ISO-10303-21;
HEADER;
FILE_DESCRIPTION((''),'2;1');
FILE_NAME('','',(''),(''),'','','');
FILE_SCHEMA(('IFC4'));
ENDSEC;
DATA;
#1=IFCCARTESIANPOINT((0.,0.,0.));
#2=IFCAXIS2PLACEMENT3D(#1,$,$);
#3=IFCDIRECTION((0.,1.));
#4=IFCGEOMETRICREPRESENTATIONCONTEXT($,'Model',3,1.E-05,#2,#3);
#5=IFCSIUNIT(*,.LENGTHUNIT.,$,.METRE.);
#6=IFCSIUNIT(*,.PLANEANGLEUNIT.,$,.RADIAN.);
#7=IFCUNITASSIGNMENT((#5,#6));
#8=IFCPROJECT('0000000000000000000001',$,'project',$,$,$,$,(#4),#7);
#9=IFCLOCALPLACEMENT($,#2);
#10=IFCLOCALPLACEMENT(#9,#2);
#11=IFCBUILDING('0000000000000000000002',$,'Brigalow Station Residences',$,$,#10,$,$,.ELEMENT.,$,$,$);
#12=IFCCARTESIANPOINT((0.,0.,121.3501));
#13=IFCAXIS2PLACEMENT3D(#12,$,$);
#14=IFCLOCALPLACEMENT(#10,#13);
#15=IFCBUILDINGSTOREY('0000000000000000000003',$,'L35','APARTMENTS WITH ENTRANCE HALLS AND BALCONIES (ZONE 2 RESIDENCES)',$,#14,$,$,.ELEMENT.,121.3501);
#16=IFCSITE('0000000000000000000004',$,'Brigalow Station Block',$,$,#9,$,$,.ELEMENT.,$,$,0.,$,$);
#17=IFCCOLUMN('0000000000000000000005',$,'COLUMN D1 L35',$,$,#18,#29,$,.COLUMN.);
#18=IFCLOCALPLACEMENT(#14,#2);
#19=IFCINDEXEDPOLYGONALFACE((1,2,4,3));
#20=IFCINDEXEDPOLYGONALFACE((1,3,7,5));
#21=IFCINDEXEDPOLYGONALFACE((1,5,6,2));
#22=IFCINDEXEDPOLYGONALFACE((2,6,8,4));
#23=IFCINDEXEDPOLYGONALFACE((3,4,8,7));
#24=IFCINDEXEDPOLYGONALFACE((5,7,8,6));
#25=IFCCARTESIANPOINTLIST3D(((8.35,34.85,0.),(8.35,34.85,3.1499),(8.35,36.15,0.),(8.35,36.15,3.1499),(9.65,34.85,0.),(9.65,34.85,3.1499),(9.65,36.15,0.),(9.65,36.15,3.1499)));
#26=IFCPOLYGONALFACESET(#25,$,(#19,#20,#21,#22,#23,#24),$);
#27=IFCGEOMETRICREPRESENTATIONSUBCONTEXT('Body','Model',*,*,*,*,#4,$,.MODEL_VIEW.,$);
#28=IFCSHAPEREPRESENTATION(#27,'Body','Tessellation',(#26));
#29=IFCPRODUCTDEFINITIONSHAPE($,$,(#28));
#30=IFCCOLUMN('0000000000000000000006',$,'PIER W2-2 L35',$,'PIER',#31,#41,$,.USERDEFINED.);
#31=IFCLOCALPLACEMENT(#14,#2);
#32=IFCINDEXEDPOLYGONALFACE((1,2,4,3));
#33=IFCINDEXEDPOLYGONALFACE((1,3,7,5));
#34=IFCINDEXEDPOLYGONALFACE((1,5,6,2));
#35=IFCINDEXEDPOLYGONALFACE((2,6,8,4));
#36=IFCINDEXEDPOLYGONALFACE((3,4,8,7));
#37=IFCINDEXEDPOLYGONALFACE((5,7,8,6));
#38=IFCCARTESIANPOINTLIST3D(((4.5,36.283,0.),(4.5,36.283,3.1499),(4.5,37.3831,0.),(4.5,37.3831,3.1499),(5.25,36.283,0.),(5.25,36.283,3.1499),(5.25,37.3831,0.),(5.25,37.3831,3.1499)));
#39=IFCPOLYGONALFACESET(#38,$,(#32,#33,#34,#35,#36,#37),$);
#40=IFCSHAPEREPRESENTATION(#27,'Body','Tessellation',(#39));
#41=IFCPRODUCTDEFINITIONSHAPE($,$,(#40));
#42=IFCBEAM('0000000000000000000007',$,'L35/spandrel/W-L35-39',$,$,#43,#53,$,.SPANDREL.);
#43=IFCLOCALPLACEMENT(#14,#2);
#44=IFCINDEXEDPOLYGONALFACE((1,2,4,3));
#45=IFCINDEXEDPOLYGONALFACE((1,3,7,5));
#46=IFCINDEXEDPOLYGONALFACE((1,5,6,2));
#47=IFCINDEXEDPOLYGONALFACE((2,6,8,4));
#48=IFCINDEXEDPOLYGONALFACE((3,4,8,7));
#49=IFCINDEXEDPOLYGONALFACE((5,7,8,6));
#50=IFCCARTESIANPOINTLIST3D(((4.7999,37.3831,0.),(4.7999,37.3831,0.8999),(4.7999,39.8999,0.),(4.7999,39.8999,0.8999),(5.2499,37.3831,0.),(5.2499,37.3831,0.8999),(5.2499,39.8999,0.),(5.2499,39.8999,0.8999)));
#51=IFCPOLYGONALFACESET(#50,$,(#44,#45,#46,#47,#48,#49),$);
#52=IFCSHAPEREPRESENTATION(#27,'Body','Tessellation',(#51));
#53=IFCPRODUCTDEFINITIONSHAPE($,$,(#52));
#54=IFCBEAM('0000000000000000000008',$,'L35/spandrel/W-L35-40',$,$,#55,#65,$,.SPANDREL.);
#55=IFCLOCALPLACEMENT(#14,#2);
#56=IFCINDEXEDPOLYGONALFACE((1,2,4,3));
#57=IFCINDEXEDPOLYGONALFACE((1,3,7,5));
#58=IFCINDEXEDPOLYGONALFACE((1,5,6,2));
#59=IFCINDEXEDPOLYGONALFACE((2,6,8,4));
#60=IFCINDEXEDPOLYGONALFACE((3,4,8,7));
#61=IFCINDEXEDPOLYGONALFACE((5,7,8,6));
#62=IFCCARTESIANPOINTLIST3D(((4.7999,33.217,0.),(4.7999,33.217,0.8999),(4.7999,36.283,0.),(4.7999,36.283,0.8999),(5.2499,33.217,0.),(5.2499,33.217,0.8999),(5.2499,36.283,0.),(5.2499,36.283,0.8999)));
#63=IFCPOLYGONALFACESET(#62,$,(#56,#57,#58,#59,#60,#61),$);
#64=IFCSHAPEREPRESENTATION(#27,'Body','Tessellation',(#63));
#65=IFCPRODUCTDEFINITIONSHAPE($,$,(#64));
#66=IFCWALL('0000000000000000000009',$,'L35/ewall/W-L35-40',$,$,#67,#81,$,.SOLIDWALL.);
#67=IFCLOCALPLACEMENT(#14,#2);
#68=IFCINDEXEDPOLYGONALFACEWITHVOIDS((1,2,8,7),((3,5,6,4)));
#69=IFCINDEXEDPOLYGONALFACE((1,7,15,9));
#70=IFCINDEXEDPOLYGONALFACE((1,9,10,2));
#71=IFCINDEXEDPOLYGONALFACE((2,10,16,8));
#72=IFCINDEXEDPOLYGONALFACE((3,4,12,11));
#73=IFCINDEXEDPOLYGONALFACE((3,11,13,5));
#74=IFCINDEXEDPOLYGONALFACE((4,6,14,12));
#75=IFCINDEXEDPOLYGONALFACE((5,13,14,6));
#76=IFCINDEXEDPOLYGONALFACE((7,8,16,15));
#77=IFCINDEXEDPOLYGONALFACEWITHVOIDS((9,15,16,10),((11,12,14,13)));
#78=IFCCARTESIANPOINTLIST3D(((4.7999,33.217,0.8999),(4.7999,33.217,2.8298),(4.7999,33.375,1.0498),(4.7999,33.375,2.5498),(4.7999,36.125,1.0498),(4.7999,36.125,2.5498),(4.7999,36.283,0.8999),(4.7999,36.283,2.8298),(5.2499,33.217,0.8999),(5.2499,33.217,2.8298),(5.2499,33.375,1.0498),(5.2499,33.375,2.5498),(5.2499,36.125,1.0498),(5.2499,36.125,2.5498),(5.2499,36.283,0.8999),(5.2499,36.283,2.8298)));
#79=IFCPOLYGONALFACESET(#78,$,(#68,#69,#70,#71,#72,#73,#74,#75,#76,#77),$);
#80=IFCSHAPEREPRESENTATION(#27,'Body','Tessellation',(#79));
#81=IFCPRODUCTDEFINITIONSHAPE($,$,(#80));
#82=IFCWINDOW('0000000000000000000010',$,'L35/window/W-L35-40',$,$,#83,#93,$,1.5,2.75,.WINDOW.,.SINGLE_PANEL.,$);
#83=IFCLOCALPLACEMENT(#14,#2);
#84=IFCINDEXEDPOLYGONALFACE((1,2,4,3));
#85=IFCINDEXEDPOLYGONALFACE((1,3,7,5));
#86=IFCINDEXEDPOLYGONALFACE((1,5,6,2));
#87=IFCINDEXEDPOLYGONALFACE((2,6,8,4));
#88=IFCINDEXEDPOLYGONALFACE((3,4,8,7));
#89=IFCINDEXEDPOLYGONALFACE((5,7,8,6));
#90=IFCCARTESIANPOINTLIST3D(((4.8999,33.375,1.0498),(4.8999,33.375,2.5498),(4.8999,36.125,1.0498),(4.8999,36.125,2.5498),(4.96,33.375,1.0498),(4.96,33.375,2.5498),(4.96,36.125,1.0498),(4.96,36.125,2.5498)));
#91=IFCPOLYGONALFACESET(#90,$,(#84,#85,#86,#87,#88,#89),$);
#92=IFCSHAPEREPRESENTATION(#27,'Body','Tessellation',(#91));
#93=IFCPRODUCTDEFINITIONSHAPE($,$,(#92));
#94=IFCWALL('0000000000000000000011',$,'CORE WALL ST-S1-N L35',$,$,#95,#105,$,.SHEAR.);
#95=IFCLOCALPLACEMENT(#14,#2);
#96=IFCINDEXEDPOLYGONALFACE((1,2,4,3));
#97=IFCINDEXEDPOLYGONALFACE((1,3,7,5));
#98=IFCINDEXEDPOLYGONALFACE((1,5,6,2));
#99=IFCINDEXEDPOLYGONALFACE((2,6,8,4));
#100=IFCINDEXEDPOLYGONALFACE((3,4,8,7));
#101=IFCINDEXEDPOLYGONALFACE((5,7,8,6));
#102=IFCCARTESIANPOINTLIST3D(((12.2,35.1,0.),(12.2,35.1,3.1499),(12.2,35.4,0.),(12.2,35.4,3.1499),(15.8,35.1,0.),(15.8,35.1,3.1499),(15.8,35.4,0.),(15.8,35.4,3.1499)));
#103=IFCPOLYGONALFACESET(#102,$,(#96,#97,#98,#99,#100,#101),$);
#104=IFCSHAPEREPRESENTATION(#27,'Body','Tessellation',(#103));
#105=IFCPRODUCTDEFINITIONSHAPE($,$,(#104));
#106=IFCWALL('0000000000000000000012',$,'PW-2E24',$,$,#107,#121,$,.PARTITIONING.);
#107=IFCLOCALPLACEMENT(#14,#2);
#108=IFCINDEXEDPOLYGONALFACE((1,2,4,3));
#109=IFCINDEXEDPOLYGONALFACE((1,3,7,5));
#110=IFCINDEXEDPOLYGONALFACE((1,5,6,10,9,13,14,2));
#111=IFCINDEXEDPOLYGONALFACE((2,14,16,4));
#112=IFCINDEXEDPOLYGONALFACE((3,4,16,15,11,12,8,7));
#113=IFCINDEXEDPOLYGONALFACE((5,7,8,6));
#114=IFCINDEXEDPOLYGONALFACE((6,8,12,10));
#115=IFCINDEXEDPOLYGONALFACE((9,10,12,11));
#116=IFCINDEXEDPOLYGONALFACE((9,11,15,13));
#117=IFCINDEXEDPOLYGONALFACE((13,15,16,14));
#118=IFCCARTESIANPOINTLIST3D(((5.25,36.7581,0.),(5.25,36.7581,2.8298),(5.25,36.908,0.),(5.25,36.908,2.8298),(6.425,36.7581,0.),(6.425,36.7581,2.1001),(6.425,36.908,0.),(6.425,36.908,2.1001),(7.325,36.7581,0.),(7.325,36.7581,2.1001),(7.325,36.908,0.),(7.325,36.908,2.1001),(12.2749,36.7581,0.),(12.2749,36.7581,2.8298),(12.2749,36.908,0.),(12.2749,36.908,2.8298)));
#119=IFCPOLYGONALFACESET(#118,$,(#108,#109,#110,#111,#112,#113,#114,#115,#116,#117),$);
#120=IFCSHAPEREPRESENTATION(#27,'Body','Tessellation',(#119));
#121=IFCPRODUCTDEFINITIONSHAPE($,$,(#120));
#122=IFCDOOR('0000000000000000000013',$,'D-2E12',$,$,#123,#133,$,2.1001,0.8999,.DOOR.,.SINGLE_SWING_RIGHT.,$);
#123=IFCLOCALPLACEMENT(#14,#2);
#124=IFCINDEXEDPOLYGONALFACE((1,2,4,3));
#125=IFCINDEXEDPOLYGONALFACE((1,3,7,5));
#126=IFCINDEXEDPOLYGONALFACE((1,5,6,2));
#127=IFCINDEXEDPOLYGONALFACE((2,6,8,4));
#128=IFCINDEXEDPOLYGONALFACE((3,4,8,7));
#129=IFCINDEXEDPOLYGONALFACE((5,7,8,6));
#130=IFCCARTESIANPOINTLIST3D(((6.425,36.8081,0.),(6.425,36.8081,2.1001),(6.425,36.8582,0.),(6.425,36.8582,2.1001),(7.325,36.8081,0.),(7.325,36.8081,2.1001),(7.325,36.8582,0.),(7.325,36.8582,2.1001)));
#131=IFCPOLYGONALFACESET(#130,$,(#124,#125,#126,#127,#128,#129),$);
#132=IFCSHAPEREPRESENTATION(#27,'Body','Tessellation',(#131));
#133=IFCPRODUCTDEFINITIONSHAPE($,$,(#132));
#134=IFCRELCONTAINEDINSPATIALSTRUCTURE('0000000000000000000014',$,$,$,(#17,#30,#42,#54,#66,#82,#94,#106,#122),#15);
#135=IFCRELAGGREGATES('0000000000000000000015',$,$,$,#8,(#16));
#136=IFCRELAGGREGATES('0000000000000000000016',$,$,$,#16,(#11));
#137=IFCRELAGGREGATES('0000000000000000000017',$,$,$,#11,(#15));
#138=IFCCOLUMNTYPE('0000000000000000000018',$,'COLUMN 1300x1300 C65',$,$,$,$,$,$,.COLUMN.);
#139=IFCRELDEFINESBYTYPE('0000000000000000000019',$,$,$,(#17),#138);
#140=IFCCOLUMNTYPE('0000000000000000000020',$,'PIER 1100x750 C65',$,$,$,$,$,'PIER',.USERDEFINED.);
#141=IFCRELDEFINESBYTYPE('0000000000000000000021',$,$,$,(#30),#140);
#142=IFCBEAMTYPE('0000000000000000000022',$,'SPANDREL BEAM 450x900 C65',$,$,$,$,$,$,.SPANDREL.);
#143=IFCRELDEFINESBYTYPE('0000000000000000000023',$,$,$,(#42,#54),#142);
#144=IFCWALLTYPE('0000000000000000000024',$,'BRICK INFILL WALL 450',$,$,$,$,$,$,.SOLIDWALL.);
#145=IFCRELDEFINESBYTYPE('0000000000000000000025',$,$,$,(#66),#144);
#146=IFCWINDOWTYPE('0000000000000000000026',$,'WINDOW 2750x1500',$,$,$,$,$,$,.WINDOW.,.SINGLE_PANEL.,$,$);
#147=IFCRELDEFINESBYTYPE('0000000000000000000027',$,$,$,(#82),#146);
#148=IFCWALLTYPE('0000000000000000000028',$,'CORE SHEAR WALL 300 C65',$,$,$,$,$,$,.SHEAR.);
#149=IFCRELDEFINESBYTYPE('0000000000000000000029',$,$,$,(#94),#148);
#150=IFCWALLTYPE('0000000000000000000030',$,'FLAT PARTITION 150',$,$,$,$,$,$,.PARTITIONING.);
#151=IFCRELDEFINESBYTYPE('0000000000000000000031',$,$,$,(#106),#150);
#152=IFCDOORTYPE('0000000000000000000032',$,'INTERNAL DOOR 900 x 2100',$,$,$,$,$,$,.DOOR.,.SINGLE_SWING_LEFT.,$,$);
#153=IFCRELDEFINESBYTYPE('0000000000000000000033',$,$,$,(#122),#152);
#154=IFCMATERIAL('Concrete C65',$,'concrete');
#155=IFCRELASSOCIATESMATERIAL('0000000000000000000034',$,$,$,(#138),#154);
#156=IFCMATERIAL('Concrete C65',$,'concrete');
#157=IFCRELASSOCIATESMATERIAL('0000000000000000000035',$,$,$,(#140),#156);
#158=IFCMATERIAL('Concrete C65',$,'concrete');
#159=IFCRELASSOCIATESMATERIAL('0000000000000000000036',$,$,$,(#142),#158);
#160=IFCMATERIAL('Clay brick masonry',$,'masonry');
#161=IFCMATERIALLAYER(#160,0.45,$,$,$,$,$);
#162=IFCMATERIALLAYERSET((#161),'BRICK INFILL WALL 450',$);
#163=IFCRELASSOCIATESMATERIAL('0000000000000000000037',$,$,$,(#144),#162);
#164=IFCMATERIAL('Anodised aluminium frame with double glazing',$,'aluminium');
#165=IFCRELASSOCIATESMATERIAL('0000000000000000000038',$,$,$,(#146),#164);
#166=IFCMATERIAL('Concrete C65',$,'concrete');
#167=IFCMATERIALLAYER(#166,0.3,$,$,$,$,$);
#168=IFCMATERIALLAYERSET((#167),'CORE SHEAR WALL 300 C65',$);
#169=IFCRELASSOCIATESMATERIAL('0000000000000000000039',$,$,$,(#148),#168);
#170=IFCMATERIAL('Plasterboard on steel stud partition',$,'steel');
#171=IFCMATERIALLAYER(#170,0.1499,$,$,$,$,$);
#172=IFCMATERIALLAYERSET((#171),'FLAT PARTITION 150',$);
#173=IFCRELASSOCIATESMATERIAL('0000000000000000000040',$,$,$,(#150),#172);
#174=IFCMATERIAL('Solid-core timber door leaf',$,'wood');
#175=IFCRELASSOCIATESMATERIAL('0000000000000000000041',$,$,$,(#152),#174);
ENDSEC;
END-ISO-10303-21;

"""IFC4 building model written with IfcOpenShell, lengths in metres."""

from ifc_helpers import new_model, si_unit, direction, frame, frame_2d, origin, origin_2d, place, context, subcontext, project, spatial, rectangle, extrude, material, layer, layer_set, material_profile, profile_set, type_object, element, fill, save


model = new_model("IFC4")

# Units and contexts
model_context = context("Model", 3, precision=1e-05, world=origin(), true_north=direction((0.0, 1.0)))
body_context = subcontext(model_context, "Body", "Model", "MODEL_VIEW")
ifc_project = project(units=[si_unit("LENGTHUNIT", "METRE"), si_unit("PLANEANGLEUNIT", "RADIAN")], contexts=[model_context])

# Site, building, storey
site_placement = place(None, origin())
site = spatial("IfcSite", under=ifc_project, at=site_placement, Name="Brigalow Station Block", CompositionType="ELEMENT", RefElevation=0.0)
building_placement = place(site_placement, origin())
building = spatial("IfcBuilding", under=site, at=building_placement, Name="Brigalow Station Residences", CompositionType="ELEMENT")
storey_placement = place(building_placement, frame((0.0, 0.0, 121.3501)))
storey = spatial("IfcBuildingStorey", under=building, at=storey_placement, Name="L35", Description="APARTMENTS WITH ENTRANCE HALLS AND BALCONIES (ZONE 2 RESIDENCES)", CompositionType="ELEMENT", Elevation=121.3501)

# Columns
ifc_material_1 = material(Name="Concrete C65", Category="concrete")
ifc_material_profile_1 = material_profile(ifc_material_1, rectangle(XDim=1.3, YDim=1.3, at=origin_2d()), Name="RC1300x1300")
ifc_profile_set_1 = profile_set([ifc_material_profile_1], Name="Concrete C65")
column_type_1 = type_object("IfcColumnType", Name="COLUMN 1300x1300 C65", PredefinedType="COLUMN", material=ifc_profile_set_1)
column_1_placement = place(storey_placement, frame((9.0, 35.5, 0.0), z_axis=(0.0, 0.0, 1.0), x_axis=(1.0, 0.0, 0.0)))
element("IfcColumn", 1, at=column_1_placement, inside=storey, type_object=column_type_1, Name="COLUMN D1 L35", PredefinedType="COLUMN", context=body_context, shape_type="SweptSolid", body=[
    extrude(rectangle(XDim=1.3, YDim=1.3, at=origin_2d()), origin(), (0.0, 0.0, 1.0), 3.1499),
])
ifc_material_2 = material(Name="Concrete C65", Category="concrete")
ifc_material_profile_2 = material_profile(ifc_material_2, rectangle(XDim=1.1001, YDim=0.75, at=origin_2d()), Name="RC1100x750")
ifc_profile_set_2 = profile_set([ifc_material_profile_2], Name="Concrete C65")
column_type_2 = type_object("IfcColumnType", Name="PIER 1100x750 C65", ElementType="PIER", PredefinedType="USERDEFINED", material=ifc_profile_set_2)
column_2_placement = place(storey_placement, frame((4.875, 36.833, 0.0), z_axis=(0.0, 0.0, 1.0), x_axis=(0.0, -1.0, 0.0)))
element("IfcColumn", 2, at=column_2_placement, inside=storey, type_object=column_type_2, Name="PIER W2-2 L35", ObjectType="PIER", PredefinedType="USERDEFINED", context=body_context, shape_type="SweptSolid", body=[
    extrude(rectangle(XDim=1.1001, YDim=0.75, at=origin_2d()), origin(), (0.0, 0.0, 1.0), 3.1499),
])

# Beams
ifc_material_3 = material(Name="Concrete C65", Category="concrete")
ifc_material_profile_3 = material_profile(ifc_material_3, rectangle(XDim=0.45, YDim=0.8999, at=origin_2d()), Name="RC450x900")
ifc_profile_set_3 = profile_set([ifc_material_profile_3], Name="Concrete C65")
beam_type = type_object("IfcBeamType", Name="SPANDREL BEAM 450x900 C65", PredefinedType="SPANDREL", material=ifc_profile_set_3)
beam_1_placement = place(storey_placement, frame((5.0249, 39.8999, 0.45), z_axis=(0.0, -1.0, 0.0), x_axis=(1.0, 0.0, 0.0)))
element("IfcBeam", 3, at=beam_1_placement, inside=storey, type_object=beam_type, Name="L35/spandrel/W-L35-39", PredefinedType="SPANDREL", context=body_context, shape_type="SweptSolid", body=[
    extrude(rectangle(XDim=0.45, YDim=0.8999, at=origin_2d()), origin(), (0.0, 0.0, 1.0), 2.5168),
])
beam_2_placement = place(storey_placement, frame((5.0249, 36.283, 0.45), z_axis=(0.0, -1.0, 0.0), x_axis=(1.0, 0.0, 0.0)))
element("IfcBeam", 4, at=beam_2_placement, inside=storey, type_object=beam_type, Name="L35/spandrel/W-L35-40", PredefinedType="SPANDREL", context=body_context, shape_type="SweptSolid", body=[
    extrude(rectangle(XDim=0.45, YDim=0.8999, at=origin_2d()), origin(), (0.0, 0.0, 1.0), 3.0659),
])

# Wall, opening, window
ifc_material_4 = material(Name="Clay brick masonry", Category="masonry")
ifc_layer_1 = layer(ifc_material_4, 0.45)
ifc_layer_set_1 = layer_set([ifc_layer_1], Name="BRICK INFILL WALL 450")
wall_type_1 = type_object("IfcWallType", Name="BRICK INFILL WALL 450", PredefinedType="SOLIDWALL", material=ifc_layer_set_1)
wall_1_placement = place(storey_placement, frame((5.0249, 36.283, 0.8999), z_axis=(0.0, 0.0, 1.0), x_axis=(0.0, -1.0, 0.0)))
wall_1 = element("IfcWall", 5, at=wall_1_placement, inside=storey, type_object=wall_type_1, Name="L35/ewall/W-L35-40", PredefinedType="SOLIDWALL", context=body_context, shape_type="SweptSolid", body=[
    extrude(rectangle(XDim=3.0659, YDim=0.45, at=frame_2d((1.533, 0.0))), origin(), (0.0, 0.0, 1.0), 1.9299),
])
opening_1_placement = place(wall_1_placement, frame((0.158, 0.0, 0.1499)))
opening_1 = element("IfcOpeningElement", 6, at=opening_1_placement, cuts=wall_1, PredefinedType="OPENING", context=body_context, shape_type="SweptSolid", body=[
    extrude(rectangle(XDim=2.75, YDim=1.5, at=frame_2d((1.375, 0.75))), frame((0.0, 0.2349, 0.0), z_axis=(0.0, -1.0, 0.0), x_axis=(1.0, 0.0, 0.0)), (0.0, 0.0, 1.0), 0.47),
])
ifc_material_5 = material(Name="Anodised aluminium frame with double glazing", Category="aluminium")
window_type = type_object("IfcWindowType", Name="WINDOW 2750x1500", PartitioningType="SINGLE_PANEL", PredefinedType="WINDOW", material=ifc_material_5)
window_placement = place(opening_1_placement, origin())
window = element("IfcWindow", 7, at=window_placement, inside=storey, type_object=window_type, Name="L35/window/W-L35-40", OverallHeight=1.5, OverallWidth=2.75, PartitioningType="SINGLE_PANEL", PredefinedType="WINDOW", context=body_context, shape_type="SweptSolid", body=[
    extrude(rectangle(XDim=2.75, YDim=1.5, at=frame_2d((1.375, 0.75))), frame((0.0, -0.0649, 0.0), z_axis=(0.0, -1.0, 0.0), x_axis=(1.0, 0.0, 0.0)), (0.0, 0.0, 1.0), 0.0601),
])
fill(opening_1, window)

# Wall
ifc_material_6 = material(Name="Concrete C65", Category="concrete")
ifc_layer_2 = layer(ifc_material_6, 0.3)
ifc_layer_set_2 = layer_set([ifc_layer_2], Name="CORE SHEAR WALL 300 C65")
wall_type_2 = type_object("IfcWallType", Name="CORE SHEAR WALL 300 C65", PredefinedType="SHEAR", material=ifc_layer_set_2)
wall_2_placement = place(storey_placement, frame((12.2, 35.25, 0.0), z_axis=(0.0, 0.0, 1.0), x_axis=(1.0, 0.0, 0.0)))
element("IfcWall", 8, at=wall_2_placement, inside=storey, type_object=wall_type_2, Name="CORE WALL ST-S1-N L35", PredefinedType="SHEAR", context=body_context, shape_type="SweptSolid", body=[
    extrude(rectangle(XDim=3.6001, YDim=0.3, at=frame_2d((1.8, 0.0))), origin(), (0.0, 0.0, 1.0), 3.1499),
])

# Wall, opening, door
ifc_material_7 = material(Name="Plasterboard on steel stud partition", Category="steel")
ifc_layer_3 = layer(ifc_material_7, 0.1499)
ifc_layer_set_3 = layer_set([ifc_layer_3], Name="FLAT PARTITION 150")
wall_type_3 = type_object("IfcWallType", Name="FLAT PARTITION 150", PredefinedType="PARTITIONING", material=ifc_layer_set_3)
wall_3_placement = place(storey_placement, frame((5.25, 36.833, 0.0), z_axis=(0.0, 0.0, 1.0), x_axis=(1.0, 0.0, 0.0)))
wall_3 = element("IfcWall", 9, at=wall_3_placement, inside=storey, type_object=wall_type_3, Name="PW-2E24", PredefinedType="PARTITIONING", context=body_context, shape_type="SweptSolid", body=[
    extrude(rectangle(XDim=7.0249, YDim=0.1499, at=frame_2d((3.5125, 0.0))), origin(), (0.0, 0.0, 1.0), 2.8298),
])
opening_2_placement = place(wall_3_placement, frame((1.175, 0.0, 0.0)))
opening_2 = element("IfcOpeningElement", 10, at=opening_2_placement, cuts=wall_3, PredefinedType="OPENING", context=body_context, shape_type="SweptSolid", body=[
    extrude(rectangle(XDim=0.8999, YDim=2.1001, at=frame_2d((0.45, 1.05))), frame((0.0, 0.085, 0.0), z_axis=(0.0, -1.0, 0.0), x_axis=(1.0, 0.0, 0.0)), (0.0, 0.0, 1.0), 0.1699),
])
ifc_material_8 = material(Name="Solid-core timber door leaf", Category="wood")
door_type_1 = type_object("IfcDoorType", Name="INTERNAL DOOR 900 x 2100", OperationType="SINGLE_SWING_LEFT", PredefinedType="DOOR", material=ifc_material_8)
door_1_placement = place(opening_2_placement, frame((0.8999, 0.0, 0.0), z_axis=(0.0, 0.0, 1.0), x_axis=(-1.0, 0.0, 0.0)))
door_1 = element("IfcDoor", 11, at=door_1_placement, inside=storey, type_object=door_type_1, Name="D-2E12", OperationType="SINGLE_SWING_RIGHT", OverallHeight=2.1001, OverallWidth=0.8999, PredefinedType="DOOR", context=body_context, shape_type="SweptSolid", body=[
    extrude(rectangle(XDim=0.8999, YDim=2.1001, at=frame_2d((0.45, 1.05))), frame((0.0, 0.0249, 0.0), z_axis=(0.0, -1.0, 0.0), x_axis=(1.0, 0.0, 0.0)), (0.0, 0.0, 1.0), 0.05),
])
fill(opening_2, door_1)

save(model, "model.ifc")
